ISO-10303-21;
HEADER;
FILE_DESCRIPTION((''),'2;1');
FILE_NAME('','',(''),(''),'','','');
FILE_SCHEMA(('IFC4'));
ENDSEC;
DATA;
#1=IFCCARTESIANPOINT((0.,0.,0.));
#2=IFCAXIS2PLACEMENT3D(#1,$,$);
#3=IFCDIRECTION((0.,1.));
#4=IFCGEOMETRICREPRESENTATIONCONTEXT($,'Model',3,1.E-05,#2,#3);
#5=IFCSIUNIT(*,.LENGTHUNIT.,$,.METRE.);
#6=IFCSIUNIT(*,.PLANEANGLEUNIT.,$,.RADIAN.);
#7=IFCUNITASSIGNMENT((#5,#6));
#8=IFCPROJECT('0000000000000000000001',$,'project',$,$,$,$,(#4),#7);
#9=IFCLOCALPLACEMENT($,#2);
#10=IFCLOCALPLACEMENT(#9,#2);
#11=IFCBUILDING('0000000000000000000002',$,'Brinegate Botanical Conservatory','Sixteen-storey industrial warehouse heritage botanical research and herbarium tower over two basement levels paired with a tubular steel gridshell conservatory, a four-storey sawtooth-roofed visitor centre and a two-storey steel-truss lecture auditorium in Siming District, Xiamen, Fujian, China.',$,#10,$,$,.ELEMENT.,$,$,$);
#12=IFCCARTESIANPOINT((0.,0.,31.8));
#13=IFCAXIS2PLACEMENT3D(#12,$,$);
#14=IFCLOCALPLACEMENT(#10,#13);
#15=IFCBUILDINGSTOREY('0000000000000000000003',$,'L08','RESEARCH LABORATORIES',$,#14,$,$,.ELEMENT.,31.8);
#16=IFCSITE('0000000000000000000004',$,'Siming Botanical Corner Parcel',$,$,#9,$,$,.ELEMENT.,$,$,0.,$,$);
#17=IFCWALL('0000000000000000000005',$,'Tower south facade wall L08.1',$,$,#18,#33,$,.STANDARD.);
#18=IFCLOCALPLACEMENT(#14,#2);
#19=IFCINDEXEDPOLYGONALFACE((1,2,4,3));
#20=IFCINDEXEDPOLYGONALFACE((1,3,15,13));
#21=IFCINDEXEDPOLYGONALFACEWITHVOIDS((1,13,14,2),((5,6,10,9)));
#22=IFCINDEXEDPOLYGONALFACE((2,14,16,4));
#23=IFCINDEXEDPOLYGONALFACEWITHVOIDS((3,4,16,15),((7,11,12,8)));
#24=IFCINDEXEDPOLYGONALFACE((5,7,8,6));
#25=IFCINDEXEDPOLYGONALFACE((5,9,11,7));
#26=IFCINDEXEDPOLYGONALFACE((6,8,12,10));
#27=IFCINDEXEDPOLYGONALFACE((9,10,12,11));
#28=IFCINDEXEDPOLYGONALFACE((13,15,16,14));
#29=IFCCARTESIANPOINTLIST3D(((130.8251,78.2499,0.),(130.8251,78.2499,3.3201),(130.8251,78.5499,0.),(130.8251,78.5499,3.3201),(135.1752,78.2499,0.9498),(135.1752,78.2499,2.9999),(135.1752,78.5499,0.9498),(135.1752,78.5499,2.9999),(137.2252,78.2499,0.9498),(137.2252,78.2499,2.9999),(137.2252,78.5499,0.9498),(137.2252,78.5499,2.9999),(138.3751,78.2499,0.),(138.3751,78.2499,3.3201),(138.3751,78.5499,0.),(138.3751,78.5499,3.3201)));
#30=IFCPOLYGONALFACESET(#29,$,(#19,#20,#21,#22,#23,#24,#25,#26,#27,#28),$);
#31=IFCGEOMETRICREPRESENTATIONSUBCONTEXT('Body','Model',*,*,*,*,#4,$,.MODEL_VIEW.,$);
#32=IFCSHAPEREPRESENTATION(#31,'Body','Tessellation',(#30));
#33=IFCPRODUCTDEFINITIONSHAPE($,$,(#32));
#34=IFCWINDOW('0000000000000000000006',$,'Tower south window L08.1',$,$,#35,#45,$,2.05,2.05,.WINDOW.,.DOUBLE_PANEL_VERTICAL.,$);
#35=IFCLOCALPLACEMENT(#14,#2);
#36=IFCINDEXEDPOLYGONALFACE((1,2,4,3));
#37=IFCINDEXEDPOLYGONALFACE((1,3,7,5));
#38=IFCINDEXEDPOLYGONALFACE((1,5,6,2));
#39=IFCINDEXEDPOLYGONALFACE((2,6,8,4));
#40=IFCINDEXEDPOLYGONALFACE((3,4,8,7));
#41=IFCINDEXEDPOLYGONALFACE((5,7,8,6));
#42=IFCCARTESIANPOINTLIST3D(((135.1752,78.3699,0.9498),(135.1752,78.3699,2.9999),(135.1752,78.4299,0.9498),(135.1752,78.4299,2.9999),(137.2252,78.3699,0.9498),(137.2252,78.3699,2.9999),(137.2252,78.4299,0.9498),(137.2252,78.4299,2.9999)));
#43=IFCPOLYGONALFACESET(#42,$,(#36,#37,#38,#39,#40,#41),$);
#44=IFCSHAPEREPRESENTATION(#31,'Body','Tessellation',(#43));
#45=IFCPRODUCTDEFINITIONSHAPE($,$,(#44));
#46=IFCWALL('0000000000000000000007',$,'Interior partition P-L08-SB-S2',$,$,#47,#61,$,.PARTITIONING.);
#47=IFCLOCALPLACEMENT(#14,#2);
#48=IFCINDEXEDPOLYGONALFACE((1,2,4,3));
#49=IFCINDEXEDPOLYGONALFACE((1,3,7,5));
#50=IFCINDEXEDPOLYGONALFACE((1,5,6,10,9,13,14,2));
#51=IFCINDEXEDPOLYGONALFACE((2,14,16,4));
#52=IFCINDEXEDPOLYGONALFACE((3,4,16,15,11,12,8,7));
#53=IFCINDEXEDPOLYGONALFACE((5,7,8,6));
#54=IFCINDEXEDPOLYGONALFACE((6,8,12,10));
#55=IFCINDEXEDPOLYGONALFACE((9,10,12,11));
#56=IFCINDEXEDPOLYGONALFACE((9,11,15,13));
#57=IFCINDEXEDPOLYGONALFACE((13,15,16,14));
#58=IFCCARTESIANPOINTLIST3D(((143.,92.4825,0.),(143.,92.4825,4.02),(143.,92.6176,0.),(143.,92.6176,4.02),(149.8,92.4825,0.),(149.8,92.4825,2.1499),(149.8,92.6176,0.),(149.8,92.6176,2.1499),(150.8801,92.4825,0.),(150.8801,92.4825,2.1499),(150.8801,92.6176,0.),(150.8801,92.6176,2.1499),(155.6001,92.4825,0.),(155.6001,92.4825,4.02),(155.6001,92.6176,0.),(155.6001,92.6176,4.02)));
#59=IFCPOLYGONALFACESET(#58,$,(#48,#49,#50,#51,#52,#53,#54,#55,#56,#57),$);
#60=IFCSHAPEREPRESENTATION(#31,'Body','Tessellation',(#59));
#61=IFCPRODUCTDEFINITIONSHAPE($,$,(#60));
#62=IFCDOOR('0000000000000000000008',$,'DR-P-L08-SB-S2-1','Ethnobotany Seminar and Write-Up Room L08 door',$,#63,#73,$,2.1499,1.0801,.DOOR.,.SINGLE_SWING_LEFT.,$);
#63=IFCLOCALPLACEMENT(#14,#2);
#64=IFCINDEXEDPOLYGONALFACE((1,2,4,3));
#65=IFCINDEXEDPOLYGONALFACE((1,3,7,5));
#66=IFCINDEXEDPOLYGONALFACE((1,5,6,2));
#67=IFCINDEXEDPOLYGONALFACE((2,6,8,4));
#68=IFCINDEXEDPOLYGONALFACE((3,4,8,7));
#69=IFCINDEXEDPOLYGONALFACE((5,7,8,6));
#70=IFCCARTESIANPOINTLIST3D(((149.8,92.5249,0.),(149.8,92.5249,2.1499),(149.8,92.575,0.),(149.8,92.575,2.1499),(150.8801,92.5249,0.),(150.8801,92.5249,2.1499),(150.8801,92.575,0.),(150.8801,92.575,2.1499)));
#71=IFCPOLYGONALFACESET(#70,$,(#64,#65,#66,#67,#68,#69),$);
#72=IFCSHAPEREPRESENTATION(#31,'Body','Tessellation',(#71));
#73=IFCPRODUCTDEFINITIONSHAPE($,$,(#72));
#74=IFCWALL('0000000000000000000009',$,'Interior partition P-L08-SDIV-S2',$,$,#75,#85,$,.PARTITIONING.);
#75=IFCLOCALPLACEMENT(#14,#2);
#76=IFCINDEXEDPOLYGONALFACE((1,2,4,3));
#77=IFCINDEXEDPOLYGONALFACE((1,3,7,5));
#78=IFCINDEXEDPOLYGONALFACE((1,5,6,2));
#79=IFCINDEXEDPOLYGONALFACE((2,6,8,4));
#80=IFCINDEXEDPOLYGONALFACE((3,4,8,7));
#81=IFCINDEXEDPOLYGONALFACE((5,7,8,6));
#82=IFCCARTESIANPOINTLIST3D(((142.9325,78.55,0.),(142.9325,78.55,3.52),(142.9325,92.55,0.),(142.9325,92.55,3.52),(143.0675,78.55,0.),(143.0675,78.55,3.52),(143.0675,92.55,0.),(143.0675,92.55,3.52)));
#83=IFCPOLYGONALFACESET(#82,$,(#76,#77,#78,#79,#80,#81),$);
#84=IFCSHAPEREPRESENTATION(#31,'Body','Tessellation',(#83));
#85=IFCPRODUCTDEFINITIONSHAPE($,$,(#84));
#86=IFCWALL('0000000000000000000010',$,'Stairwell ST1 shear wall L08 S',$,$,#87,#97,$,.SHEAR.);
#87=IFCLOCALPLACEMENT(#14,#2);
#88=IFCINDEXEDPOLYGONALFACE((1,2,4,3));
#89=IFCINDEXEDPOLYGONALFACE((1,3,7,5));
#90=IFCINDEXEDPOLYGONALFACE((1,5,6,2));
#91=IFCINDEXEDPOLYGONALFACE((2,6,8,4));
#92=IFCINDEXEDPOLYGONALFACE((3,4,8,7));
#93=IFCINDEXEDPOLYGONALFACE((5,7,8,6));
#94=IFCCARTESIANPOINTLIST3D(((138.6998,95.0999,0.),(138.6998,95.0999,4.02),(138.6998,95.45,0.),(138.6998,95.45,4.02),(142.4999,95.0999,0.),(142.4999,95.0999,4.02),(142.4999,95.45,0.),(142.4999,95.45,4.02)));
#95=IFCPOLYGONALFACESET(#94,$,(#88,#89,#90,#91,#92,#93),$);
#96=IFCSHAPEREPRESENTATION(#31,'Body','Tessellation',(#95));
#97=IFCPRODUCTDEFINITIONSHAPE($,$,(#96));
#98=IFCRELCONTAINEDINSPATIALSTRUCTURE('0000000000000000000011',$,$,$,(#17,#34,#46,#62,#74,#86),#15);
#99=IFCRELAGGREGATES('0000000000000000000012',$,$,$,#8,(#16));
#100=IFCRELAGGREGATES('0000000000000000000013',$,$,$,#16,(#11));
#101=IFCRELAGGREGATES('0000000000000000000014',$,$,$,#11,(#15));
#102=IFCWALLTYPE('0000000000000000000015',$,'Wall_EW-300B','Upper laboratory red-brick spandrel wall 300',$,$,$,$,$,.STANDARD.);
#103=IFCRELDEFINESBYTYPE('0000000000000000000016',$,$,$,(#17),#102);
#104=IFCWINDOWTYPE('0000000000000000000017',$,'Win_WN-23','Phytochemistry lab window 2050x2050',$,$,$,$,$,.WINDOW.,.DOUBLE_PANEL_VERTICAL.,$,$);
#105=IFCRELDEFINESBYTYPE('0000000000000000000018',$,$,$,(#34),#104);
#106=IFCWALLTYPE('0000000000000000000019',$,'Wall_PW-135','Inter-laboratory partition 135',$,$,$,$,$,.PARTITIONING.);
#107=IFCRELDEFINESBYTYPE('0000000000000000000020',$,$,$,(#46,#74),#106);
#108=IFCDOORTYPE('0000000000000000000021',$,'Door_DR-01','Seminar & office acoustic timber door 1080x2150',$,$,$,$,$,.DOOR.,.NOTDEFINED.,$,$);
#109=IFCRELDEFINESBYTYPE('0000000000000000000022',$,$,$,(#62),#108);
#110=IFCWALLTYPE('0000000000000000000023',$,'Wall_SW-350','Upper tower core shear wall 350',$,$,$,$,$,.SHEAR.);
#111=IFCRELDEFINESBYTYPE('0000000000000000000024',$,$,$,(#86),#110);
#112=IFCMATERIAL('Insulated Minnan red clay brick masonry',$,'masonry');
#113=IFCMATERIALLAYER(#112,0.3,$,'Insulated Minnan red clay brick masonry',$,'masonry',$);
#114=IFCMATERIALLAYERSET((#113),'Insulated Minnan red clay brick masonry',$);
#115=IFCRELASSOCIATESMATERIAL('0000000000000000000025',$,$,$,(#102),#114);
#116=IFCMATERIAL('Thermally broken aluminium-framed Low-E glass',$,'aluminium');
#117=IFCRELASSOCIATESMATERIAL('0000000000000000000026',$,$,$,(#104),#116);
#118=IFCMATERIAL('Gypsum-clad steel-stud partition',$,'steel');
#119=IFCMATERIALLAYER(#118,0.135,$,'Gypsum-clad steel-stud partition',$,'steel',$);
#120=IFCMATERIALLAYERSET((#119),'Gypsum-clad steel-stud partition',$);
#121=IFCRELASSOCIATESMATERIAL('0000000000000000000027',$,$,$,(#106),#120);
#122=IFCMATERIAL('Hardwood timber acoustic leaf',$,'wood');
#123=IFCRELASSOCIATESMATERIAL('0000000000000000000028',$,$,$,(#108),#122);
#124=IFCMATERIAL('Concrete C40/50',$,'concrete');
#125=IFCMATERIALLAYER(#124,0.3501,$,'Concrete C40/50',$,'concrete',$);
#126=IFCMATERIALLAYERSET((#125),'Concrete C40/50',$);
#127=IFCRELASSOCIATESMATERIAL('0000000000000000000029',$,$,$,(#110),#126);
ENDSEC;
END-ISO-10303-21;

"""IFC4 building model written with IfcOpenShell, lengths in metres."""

from ifc_helpers import new_model, si_unit, direction, frame, frame_2d, origin, place, context, subcontext, project, spatial, rectangle, extrude, material, layer, layer_set, type_object, element, fill, save


model = new_model("IFC4")

# Units and contexts
model_context = context("Model", 3, precision=1e-05, world=origin(), true_north=direction((0.0, 1.0)))
body_context = subcontext(model_context, "Body", "Model", "MODEL_VIEW")
ifc_project = project(units=[si_unit("LENGTHUNIT", "METRE"), si_unit("PLANEANGLEUNIT", "RADIAN")], contexts=[model_context])

# Site, building, storey
site_placement = place(None, origin())
site = spatial("IfcSite", under=ifc_project, at=site_placement, Name="Siming Botanical Corner Parcel", CompositionType="ELEMENT", RefElevation=0.0)
building_placement = place(site_placement, origin())
building = spatial("IfcBuilding", under=site, at=building_placement, Name="Brinegate Botanical Conservatory", Description="Sixteen-storey industrial warehouse heritage botanical research and herbarium tower over two basement levels paired with a tubular steel gridshell conservatory, a four-storey sawtooth-roofed visitor centre and a two-storey steel-truss lecture auditorium in Siming District, Xiamen, Fujian, China.", CompositionType="ELEMENT")
storey_placement = place(building_placement, frame((0.0, 0.0, 31.8)))
storey = spatial("IfcBuildingStorey", under=building, at=storey_placement, Name="L08", Description="RESEARCH LABORATORIES", CompositionType="ELEMENT", Elevation=31.8)

# Shared definitions
ifc_material_1 = material(Name="Concrete C40/50", Category="concrete")

# Wall, opening, window
ifc_material_2 = material(Name="Insulated Minnan red clay brick masonry", Category="masonry")
ifc_layer_1 = layer(ifc_material_2, 0.3, Name="Insulated Minnan red clay brick masonry", Category="masonry")
ifc_layer_set_1 = layer_set([ifc_layer_1], Name="Insulated Minnan red clay brick masonry")
wall_type_1 = type_object("IfcWallType", Name="Wall_EW-300B", Description="Upper laboratory red-brick spandrel wall 300", PredefinedType="STANDARD", material=ifc_layer_set_1)
wall_1_placement = place(storey_placement, frame((138.375, 78.3999, 0.0), z_axis=(0.0, 0.0, 1.0), x_axis=(-1.0, 0.0, 0.0)))
wall_1 = element("IfcWall", 1, at=wall_1_placement, inside=storey, type_object=wall_type_1, Name="Tower south facade wall L08.1", PredefinedType="STANDARD", context=body_context, shape_type="SweptSolid", body=[
    extrude(rectangle(XDim=7.55, YDim=0.3, at=frame_2d((3.7749, 0.0))), origin(), (0.0, 0.0, 1.0), 3.3201),
])
opening_1_placement = place(wall_1_placement, frame((1.1499, 0.0, 0.95)))
opening_1 = element("IfcOpeningElement", 2, at=opening_1_placement, cuts=wall_1, PredefinedType="OPENING", context=body_context, shape_type="SweptSolid", body=[
    extrude(rectangle(XDim=2.05, YDim=2.05, at=frame_2d((1.0249, 1.0249))), frame((0.0, 0.1599, 0.0), z_axis=(0.0, -1.0, 0.0), x_axis=(1.0, 0.0, 0.0)), (0.0, 0.0, 1.0), 0.3201),
])
ifc_material_3 = material(Name="Thermally broken aluminium-framed Low-E glass", Category="aluminium")
window_type = type_object("IfcWindowType", Name="Win_WN-23", Description="Phytochemistry lab window 2050x2050", PartitioningType="DOUBLE_PANEL_VERTICAL", PredefinedType="WINDOW", material=ifc_material_3)
window_placement = place(opening_1_placement, origin())
window = element("IfcWindow", 3, at=window_placement, inside=storey, type_object=window_type, Name="Tower south window L08.1", OverallHeight=2.05, OverallWidth=2.05, PartitioningType="DOUBLE_PANEL_VERTICAL", PredefinedType="WINDOW", context=body_context, shape_type="SweptSolid", body=[
    extrude(rectangle(XDim=2.05, YDim=2.05, at=frame_2d((1.0249, 1.0249))), frame((0.0, 0.03, 0.0), z_axis=(0.0, -1.0, 0.0), x_axis=(1.0, 0.0, 0.0)), (0.0, 0.0, 1.0), 0.0601),
])
fill(opening_1, window)

# Wall, opening, door
ifc_material_4 = material(Name="Gypsum-clad steel-stud partition", Category="steel")
ifc_layer_2 = layer(ifc_material_4, 0.135, Name="Gypsum-clad steel-stud partition", Category="steel")
ifc_layer_set_2 = layer_set([ifc_layer_2], Name="Gypsum-clad steel-stud partition")
wall_type_2 = type_object("IfcWallType", Name="Wall_PW-135", Description="Inter-laboratory partition 135", PredefinedType="PARTITIONING", material=ifc_layer_set_2)
wall_2_placement = place(storey_placement, frame((143.0, 92.55, 0.0), z_axis=(0.0, 0.0, 1.0), x_axis=(1.0, 0.0, 0.0)))
wall_2 = element("IfcWall", 4, at=wall_2_placement, inside=storey, type_object=wall_type_2, Name="Interior partition P-L08-SB-S2", PredefinedType="PARTITIONING", context=body_context, shape_type="SweptSolid", body=[
    extrude(rectangle(XDim=12.6001, YDim=0.135, at=frame_2d((6.3, 0.0))), origin(), (0.0, 0.0, 1.0), 4.02),
])
opening_2_placement = place(wall_2_placement, frame((6.8, 0.0, 0.0)))
opening_2 = element("IfcOpeningElement", 5, at=opening_2_placement, cuts=wall_2, PredefinedType="OPENING", context=body_context, shape_type="SweptSolid", body=[
    extrude(rectangle(XDim=1.0801, YDim=2.1499, at=frame_2d((0.54, 1.075))), frame((0.0, 0.0774, 0.0), z_axis=(0.0, -1.0, 0.0), x_axis=(1.0, 0.0, 0.0)), (0.0, 0.0, 1.0), 0.155),
])
ifc_material_5 = material(Name="Hardwood timber acoustic leaf", Category="wood")
door_type_1 = type_object("IfcDoorType", Name="Door_DR-01", Description="Seminar & office acoustic timber door 1080x2150", OperationType="NOTDEFINED", PredefinedType="DOOR", material=ifc_material_5)
door_1_placement = place(opening_2_placement, origin())
door_1 = element("IfcDoor", 6, at=door_1_placement, inside=storey, type_object=door_type_1, Name="DR-P-L08-SB-S2-1", Description="Ethnobotany Seminar and Write-Up Room L08 door", OperationType="SINGLE_SWING_LEFT", OverallHeight=2.1499, OverallWidth=1.0801, PredefinedType="DOOR", context=body_context, shape_type="SweptSolid", body=[
    extrude(rectangle(XDim=1.0801, YDim=2.1499, at=frame_2d((0.54, 1.075))), frame((0.0, 0.0249, 0.0), z_axis=(0.0, -1.0, 0.0), x_axis=(1.0, 0.0, 0.0)), (0.0, 0.0, 1.0), 0.05),
])
fill(opening_2, door_1)

# Wall
wall_3_placement = place(storey_placement, frame((143.0, 78.55, 0.0), z_axis=(0.0, 0.0, 1.0), x_axis=(0.0, 1.0, 0.0)))
element("IfcWall", 7, at=wall_3_placement, inside=storey, type_object=wall_type_2, Name="Interior partition P-L08-SDIV-S2", PredefinedType="PARTITIONING", context=body_context, shape_type="SweptSolid", body=[
    extrude(rectangle(XDim=14.0, YDim=0.135, at=frame_2d((7.0, 0.0))), origin(), (0.0, 0.0, 1.0), 3.52),
])

# Wall
ifc_layer_3 = layer(ifc_material_1, 0.3501, Name="Concrete C40/50", Category="concrete")
ifc_layer_set_3 = layer_set([ifc_layer_3], Name="Concrete C40/50")
wall_type_3 = type_object("IfcWallType", Name="Wall_SW-350", Description="Upper tower core shear wall 350", PredefinedType="SHEAR", material=ifc_layer_set_3)
wall_4_placement = place(storey_placement, frame((138.7, 95.2749, 0.0), z_axis=(0.0, 0.0, 1.0), x_axis=(1.0, 0.0, 0.0)))
element("IfcWall", 8, at=wall_4_placement, inside=storey, type_object=wall_type_3, Name="Stairwell ST1 shear wall L08 S", PredefinedType="SHEAR", context=body_context, shape_type="SweptSolid", body=[
    extrude(rectangle(XDim=3.8, YDim=0.3501, at=frame_2d((1.8999, 0.0))), origin(), (0.0, 0.0, 1.0), 4.02),
])

save(model, "model.ifc")
